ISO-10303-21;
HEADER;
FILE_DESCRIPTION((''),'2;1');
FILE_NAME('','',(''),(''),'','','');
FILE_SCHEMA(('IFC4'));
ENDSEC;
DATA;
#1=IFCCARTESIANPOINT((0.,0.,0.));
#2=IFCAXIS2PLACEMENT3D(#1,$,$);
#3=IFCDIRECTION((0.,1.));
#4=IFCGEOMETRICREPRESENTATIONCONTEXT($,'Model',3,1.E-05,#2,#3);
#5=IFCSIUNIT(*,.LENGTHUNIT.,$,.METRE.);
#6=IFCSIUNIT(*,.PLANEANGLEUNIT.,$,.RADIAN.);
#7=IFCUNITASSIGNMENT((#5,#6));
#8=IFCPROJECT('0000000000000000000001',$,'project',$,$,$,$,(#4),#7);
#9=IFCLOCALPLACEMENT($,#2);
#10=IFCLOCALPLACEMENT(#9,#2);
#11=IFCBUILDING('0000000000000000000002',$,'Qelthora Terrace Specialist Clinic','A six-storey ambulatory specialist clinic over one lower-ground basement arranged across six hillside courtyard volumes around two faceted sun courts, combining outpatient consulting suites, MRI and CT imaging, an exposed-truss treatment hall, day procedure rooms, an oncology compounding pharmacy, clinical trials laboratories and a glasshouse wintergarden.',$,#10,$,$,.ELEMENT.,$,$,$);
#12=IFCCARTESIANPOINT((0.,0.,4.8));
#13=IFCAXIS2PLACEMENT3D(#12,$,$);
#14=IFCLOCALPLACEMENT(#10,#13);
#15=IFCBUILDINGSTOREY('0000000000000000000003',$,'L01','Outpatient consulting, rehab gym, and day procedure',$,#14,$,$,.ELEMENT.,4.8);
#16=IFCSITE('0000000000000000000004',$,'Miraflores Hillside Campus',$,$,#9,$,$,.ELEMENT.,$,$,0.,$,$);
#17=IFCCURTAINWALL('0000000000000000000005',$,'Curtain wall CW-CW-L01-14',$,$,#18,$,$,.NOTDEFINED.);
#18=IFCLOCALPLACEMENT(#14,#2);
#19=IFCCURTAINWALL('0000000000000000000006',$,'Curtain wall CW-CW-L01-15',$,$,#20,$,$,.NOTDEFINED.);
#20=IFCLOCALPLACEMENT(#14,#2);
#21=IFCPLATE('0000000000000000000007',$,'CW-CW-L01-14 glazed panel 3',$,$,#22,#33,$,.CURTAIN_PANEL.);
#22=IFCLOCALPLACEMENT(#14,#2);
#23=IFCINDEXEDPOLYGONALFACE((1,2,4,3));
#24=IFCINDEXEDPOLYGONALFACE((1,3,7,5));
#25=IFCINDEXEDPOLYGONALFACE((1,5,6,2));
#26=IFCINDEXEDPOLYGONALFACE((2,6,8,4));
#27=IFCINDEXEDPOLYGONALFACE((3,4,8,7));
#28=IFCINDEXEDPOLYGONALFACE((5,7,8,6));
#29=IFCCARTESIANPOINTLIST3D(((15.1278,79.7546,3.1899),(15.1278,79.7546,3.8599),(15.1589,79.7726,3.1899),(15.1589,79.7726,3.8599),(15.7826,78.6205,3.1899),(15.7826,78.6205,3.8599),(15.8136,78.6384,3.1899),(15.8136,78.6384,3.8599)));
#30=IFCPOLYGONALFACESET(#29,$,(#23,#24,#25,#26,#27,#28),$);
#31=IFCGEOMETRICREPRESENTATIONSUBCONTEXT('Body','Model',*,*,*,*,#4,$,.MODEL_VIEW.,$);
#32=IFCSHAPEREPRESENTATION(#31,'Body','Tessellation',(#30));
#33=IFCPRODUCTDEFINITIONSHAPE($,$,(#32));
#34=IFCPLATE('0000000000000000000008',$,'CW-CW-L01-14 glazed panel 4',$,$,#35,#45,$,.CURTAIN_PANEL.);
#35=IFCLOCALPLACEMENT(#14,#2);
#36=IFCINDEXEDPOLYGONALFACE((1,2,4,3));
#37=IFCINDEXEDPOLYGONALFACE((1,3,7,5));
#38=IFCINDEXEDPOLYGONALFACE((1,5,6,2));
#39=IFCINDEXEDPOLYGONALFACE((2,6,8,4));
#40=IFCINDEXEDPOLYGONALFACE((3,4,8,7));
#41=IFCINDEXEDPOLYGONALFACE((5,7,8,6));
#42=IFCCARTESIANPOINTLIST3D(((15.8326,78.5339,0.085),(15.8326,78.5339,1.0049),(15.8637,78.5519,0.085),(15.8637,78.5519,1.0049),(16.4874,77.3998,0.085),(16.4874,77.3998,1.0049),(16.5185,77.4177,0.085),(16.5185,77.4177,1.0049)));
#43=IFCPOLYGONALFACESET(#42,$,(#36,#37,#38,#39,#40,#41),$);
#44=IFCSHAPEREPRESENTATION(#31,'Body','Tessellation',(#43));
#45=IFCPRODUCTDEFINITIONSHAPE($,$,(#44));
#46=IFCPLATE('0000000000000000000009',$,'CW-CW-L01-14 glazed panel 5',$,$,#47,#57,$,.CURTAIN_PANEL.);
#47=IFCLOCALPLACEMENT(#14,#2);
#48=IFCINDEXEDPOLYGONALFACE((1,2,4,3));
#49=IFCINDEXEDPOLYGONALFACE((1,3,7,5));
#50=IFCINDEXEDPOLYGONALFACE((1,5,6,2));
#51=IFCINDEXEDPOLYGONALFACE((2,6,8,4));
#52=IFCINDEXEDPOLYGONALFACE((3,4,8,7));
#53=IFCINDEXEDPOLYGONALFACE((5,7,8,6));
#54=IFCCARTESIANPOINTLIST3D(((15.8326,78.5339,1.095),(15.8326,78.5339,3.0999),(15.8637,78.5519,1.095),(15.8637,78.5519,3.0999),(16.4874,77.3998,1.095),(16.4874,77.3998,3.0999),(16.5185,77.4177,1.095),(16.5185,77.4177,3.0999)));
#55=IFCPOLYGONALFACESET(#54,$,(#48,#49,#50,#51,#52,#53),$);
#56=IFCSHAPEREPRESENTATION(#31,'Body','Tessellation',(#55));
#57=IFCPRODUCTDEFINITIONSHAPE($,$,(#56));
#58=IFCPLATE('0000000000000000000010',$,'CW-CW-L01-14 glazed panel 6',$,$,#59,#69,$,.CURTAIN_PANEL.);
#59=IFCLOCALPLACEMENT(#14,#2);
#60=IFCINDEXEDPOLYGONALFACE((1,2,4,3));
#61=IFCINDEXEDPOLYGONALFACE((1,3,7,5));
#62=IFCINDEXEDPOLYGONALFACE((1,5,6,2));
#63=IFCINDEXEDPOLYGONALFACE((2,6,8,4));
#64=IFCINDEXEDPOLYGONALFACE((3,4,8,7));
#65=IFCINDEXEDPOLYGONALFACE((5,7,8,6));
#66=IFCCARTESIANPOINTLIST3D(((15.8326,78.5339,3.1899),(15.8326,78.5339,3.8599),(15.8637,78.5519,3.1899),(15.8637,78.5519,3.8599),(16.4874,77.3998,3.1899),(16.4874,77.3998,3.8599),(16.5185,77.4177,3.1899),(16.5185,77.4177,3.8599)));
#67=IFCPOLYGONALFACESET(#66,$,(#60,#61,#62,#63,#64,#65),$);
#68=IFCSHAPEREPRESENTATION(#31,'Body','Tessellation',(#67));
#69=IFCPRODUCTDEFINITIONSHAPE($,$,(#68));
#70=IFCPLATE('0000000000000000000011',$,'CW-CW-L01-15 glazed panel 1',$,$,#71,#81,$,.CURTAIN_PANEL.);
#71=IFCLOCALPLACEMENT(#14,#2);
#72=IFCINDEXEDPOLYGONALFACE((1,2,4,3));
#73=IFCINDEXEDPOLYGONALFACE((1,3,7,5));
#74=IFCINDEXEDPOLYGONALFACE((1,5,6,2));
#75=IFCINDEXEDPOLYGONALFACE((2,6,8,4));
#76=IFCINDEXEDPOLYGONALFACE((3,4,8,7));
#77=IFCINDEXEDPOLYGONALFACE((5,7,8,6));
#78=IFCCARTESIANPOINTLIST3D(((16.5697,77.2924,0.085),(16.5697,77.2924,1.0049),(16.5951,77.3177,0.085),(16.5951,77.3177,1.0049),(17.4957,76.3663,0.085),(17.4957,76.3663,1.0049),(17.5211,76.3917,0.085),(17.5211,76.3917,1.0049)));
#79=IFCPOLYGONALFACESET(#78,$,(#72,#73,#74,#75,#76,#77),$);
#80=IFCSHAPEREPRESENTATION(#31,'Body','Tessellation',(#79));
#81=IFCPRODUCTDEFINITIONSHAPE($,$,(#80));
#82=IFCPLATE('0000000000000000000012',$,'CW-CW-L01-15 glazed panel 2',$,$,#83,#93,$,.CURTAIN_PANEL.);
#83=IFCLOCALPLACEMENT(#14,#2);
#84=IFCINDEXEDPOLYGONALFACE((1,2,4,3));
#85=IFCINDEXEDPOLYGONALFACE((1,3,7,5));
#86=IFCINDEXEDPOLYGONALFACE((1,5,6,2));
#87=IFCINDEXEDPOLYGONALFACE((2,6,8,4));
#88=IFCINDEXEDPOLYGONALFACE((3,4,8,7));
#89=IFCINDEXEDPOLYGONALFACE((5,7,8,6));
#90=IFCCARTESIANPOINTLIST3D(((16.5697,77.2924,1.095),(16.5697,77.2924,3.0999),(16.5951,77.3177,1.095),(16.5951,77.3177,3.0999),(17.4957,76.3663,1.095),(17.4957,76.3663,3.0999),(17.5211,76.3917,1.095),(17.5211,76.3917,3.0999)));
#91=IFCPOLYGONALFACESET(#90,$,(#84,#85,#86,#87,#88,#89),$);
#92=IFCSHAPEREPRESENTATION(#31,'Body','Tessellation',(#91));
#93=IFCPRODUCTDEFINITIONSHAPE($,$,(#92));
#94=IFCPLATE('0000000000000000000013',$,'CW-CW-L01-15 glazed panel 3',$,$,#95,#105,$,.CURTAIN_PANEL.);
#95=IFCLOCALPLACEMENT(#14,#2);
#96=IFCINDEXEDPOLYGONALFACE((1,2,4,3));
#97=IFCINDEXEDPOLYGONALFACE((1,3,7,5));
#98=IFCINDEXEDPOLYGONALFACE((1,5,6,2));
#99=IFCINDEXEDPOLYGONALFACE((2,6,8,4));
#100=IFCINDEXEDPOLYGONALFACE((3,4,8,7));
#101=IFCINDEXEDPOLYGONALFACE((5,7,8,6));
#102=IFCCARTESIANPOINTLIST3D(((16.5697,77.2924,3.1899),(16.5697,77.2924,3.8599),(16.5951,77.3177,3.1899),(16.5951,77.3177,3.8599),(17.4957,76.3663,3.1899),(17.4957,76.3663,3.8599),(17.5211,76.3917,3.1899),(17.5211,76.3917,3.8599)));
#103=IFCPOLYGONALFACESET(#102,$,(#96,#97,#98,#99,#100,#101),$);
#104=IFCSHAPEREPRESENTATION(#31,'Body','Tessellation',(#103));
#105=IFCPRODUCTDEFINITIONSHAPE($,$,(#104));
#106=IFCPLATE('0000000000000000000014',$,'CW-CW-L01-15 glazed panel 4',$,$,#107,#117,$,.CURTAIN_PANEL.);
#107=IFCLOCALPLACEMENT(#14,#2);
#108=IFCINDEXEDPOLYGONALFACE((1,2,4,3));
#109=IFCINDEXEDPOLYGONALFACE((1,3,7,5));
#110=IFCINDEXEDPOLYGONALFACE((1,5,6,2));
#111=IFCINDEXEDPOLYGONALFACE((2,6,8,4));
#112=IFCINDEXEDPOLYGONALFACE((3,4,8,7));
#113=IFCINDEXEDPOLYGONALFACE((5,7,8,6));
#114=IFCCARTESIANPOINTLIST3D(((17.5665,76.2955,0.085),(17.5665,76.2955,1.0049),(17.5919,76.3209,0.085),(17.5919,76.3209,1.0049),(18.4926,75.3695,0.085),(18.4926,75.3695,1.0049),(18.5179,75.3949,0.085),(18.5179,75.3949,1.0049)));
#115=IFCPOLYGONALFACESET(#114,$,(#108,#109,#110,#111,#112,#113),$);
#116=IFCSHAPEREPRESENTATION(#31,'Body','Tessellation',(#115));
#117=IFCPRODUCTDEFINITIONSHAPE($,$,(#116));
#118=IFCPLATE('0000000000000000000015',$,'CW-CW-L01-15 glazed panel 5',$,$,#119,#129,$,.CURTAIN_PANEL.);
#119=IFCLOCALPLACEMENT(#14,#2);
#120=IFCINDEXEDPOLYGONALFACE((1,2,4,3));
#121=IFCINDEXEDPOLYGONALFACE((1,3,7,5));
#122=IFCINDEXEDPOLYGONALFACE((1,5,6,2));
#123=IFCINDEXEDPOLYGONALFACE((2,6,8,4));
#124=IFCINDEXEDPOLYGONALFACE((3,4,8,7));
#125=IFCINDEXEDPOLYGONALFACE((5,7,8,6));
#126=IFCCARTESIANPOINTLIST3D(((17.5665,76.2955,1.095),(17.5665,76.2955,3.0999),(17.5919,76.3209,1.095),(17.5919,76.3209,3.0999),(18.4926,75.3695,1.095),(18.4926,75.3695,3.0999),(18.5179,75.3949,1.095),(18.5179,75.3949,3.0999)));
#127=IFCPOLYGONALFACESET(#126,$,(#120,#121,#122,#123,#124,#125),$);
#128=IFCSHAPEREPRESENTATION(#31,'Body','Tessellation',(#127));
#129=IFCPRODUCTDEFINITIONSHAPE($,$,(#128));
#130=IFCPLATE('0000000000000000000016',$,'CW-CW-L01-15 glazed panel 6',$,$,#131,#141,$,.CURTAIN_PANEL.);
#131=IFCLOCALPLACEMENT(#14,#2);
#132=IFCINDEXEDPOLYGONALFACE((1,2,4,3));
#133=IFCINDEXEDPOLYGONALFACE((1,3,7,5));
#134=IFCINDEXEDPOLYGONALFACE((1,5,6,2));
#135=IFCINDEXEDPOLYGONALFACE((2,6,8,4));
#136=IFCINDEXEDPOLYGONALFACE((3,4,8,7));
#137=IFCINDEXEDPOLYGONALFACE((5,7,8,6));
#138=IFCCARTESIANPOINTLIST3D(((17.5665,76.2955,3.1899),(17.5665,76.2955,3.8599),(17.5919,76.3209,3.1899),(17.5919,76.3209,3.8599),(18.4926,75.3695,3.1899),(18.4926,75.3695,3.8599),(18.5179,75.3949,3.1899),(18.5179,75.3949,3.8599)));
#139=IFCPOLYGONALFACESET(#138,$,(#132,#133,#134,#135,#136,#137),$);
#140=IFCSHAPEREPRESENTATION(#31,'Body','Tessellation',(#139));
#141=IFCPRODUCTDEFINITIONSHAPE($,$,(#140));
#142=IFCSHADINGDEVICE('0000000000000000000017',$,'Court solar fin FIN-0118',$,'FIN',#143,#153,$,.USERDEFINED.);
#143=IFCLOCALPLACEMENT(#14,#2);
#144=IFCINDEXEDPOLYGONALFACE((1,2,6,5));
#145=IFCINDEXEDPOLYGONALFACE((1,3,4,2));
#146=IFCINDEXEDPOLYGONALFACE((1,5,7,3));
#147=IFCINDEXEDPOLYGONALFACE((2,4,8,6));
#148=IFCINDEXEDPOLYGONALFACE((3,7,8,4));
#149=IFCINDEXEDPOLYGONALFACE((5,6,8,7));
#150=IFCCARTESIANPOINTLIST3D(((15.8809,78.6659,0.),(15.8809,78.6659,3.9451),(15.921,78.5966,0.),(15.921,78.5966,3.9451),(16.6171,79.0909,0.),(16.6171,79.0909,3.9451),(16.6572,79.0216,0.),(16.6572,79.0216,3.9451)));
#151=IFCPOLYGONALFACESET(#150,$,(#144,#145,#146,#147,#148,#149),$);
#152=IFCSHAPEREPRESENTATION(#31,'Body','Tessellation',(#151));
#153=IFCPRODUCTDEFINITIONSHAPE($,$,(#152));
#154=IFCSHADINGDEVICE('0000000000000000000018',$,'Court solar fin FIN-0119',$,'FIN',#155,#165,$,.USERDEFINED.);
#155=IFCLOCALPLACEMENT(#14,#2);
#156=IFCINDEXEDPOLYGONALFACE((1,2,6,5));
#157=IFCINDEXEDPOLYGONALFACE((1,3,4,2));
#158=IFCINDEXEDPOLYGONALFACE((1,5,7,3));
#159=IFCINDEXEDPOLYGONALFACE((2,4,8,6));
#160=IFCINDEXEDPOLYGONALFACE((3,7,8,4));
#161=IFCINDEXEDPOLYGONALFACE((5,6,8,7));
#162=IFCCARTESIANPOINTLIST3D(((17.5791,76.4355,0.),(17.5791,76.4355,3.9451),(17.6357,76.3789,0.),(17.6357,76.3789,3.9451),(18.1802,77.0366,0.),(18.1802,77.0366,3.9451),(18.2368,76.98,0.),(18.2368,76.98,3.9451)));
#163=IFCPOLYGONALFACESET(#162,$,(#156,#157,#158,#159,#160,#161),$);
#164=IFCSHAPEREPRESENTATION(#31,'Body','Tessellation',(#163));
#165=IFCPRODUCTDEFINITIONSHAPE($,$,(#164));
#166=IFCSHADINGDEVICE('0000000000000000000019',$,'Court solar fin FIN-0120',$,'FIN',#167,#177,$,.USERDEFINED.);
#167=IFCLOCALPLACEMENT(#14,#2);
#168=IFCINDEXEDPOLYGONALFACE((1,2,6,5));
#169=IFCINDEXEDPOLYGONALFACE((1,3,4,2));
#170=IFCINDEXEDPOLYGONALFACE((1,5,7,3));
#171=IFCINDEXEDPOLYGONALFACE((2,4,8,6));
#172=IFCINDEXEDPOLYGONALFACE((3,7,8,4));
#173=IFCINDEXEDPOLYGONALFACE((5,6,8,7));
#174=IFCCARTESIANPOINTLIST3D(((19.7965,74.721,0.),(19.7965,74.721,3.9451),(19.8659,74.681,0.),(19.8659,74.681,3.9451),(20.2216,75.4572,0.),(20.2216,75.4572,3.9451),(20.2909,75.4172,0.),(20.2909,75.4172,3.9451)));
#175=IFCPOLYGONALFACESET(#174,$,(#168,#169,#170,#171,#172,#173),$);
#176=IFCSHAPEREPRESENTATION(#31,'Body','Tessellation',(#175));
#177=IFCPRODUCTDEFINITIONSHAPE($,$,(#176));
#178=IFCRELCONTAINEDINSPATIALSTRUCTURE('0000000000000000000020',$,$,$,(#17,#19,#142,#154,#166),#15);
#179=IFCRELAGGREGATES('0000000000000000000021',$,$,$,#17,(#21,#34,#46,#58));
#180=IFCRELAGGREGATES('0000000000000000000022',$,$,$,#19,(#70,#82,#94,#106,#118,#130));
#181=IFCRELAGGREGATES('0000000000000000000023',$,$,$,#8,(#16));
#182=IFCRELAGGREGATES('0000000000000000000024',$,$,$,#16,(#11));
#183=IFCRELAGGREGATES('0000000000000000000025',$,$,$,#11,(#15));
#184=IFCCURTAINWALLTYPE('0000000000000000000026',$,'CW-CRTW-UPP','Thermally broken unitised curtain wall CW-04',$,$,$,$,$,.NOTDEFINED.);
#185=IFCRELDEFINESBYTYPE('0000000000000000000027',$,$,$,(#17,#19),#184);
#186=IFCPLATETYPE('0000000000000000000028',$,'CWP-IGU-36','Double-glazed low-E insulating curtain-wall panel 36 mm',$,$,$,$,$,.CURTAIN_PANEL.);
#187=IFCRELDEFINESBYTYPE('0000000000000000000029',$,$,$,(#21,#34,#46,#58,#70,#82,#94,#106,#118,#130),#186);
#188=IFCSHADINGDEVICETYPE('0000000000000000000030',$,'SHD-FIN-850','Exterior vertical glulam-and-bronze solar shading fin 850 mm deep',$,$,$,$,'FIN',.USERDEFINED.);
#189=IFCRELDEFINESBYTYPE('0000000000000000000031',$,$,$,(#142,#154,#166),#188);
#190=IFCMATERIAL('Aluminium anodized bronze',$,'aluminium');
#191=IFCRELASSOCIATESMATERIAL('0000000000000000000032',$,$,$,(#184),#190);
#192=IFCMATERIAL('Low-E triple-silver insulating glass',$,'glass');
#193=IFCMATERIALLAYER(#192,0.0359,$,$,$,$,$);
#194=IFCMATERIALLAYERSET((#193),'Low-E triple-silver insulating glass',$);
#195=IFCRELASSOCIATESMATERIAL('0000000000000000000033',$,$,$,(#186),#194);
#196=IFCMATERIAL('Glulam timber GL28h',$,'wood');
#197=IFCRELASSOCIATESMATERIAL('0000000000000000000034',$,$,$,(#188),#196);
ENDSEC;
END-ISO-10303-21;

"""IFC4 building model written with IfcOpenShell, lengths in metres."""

from ifc_helpers import new_model, si_unit, direction, frame, origin, origin_2d, place, context, subcontext, project, spatial, rectangle, extrude, material, layer, layer_set, type_object, element, aggregate, save


model = new_model("IFC4")

# Units and contexts
model_context = context("Model", 3, precision=1e-05, world=origin(), true_north=direction((0.0, 1.0)))
body_context = subcontext(model_context, "Body", "Model", "MODEL_VIEW")
ifc_project = project(units=[si_unit("LENGTHUNIT", "METRE"), si_unit("PLANEANGLEUNIT", "RADIAN")], contexts=[model_context])

# Site, building, storey
site_placement = place(None, origin())
site = spatial("IfcSite", under=ifc_project, at=site_placement, Name="Miraflores Hillside Campus", CompositionType="ELEMENT", RefElevation=0.0)
building_placement = place(site_placement, origin())
building = spatial("IfcBuilding", under=site, at=building_placement, Name="Qelthora Terrace Specialist Clinic", Description="A six-storey ambulatory specialist clinic over one lower-ground basement arranged across six hillside courtyard volumes around two faceted sun courts, combining outpatient consulting suites, MRI and CT imaging, an exposed-truss treatment hall, day procedure rooms, an oncology compounding pharmacy, clinical trials laboratories and a glasshouse wintergarden.", CompositionType="ELEMENT")
storey_placement = place(building_placement, frame((0.0, 0.0, 4.8)))
storey = spatial("IfcBuildingStorey", under=building, at=storey_placement, Name="L01", Description="Outpatient consulting, rehab gym, and day procedure", CompositionType="ELEMENT", Elevation=4.8)

# Curtain walls
ifc_material_1 = material(Name="Aluminium anodized bronze", Category="aluminium")
curtain_wall_type = type_object("IfcCurtainWallType", Name="CW-CRTW-UPP", Description="Thermally broken unitised curtain wall CW-04", PredefinedType="NOTDEFINED", material=ifc_material_1)
curtain_wall_1_placement = place(storey_placement, origin())
curtain_wall_1 = element("IfcCurtainWall", 1, at=curtain_wall_1_placement, inside=storey, type_object=curtain_wall_type, Name="Curtain wall CW-CW-L01-14", PredefinedType="NOTDEFINED")
curtain_wall_2_placement = place(storey_placement, origin())
curtain_wall_2 = element("IfcCurtainWall", 2, at=curtain_wall_2_placement, inside=storey, type_object=curtain_wall_type, Name="Curtain wall CW-CW-L01-15", PredefinedType="NOTDEFINED")

# Plates
ifc_material_2 = material(Name="Low-E triple-silver insulating glass", Category="glass")
ifc_layer = layer(ifc_material_2, 0.0359)
ifc_layer_set = layer_set([ifc_layer], Name="Low-E triple-silver insulating glass")
plate_type = type_object("IfcPlateType", Name="CWP-IGU-36", Description="Double-glazed low-E insulating curtain-wall panel 36 mm", PredefinedType="CURTAIN_PANEL", material=ifc_layer_set)
plate_1_placement = place(storey_placement, frame((15.4707, 79.1965, 3.1899), z_axis=(0.0, 0.0, 1.0), x_axis=(0.5, -0.866025, 0.0)))
plate_1 = element("IfcPlate", 3, at=plate_1_placement, type_object=plate_type, Name="CW-CW-L01-14 glazed panel 3", PredefinedType="CURTAIN_PANEL", context=body_context, shape_type="SweptSolid", body=[
    extrude(rectangle(XDim=1.3096, YDim=0.0359, at=origin_2d()), origin(), (0.0, 0.0, 1.0), 0.6699),
])
plate_2_placement = place(storey_placement, frame((16.1755, 77.9758, 0.085), z_axis=(0.0, 0.0, 1.0), x_axis=(0.5, -0.866025, 0.0)))
plate_2 = element("IfcPlate", 4, at=plate_2_placement, type_object=plate_type, Name="CW-CW-L01-14 glazed panel 4", PredefinedType="CURTAIN_PANEL", context=body_context, shape_type="SweptSolid", body=[
    extrude(rectangle(XDim=1.3096, YDim=0.0359, at=origin_2d()), origin(), (0.0, 0.0, 1.0), 0.9199),
])
plate_3_placement = place(storey_placement, frame((16.1755, 77.9758, 1.095), z_axis=(0.0, 0.0, 1.0), x_axis=(0.5, -0.866025, 0.0)))
plate_3 = element("IfcPlate", 5, at=plate_3_placement, type_object=plate_type, Name="CW-CW-L01-14 glazed panel 5", PredefinedType="CURTAIN_PANEL", context=body_context, shape_type="SweptSolid", body=[
    extrude(rectangle(XDim=1.3096, YDim=0.0359, at=origin_2d()), origin(), (0.0, 0.0, 1.0), 2.0049),
])
plate_4_placement = place(storey_placement, frame((16.1755, 77.9758, 3.1899), z_axis=(0.0, 0.0, 1.0), x_axis=(0.5, -0.866025, 0.0)))
plate_4 = element("IfcPlate", 6, at=plate_4_placement, type_object=plate_type, Name="CW-CW-L01-14 glazed panel 6", PredefinedType="CURTAIN_PANEL", context=body_context, shape_type="SweptSolid", body=[
    extrude(rectangle(XDim=1.3096, YDim=0.0359, at=origin_2d()), origin(), (0.0, 0.0, 1.0), 0.6699),
])
aggregate(curtain_wall_1, [plate_1, plate_2, plate_3, plate_4])
plate_5_placement = place(storey_placement, frame((17.0454, 76.842, 0.085), z_axis=(0.0, 0.0, 1.0), x_axis=(0.707107, -0.707107, 0.0)))
plate_5 = element("IfcPlate", 7, at=plate_5_placement, type_object=plate_type, Name="CW-CW-L01-15 glazed panel 1", PredefinedType="CURTAIN_PANEL", context=body_context, shape_type="SweptSolid", body=[
    extrude(rectangle(XDim=1.3096, YDim=0.0359, at=origin_2d()), origin(), (0.0, 0.0, 1.0), 0.9199),
])
plate_6_placement = place(storey_placement, frame((17.0454, 76.842, 1.095), z_axis=(0.0, 0.0, 1.0), x_axis=(0.707107, -0.707107, 0.0)))
plate_6 = element("IfcPlate", 8, at=plate_6_placement, type_object=plate_type, Name="CW-CW-L01-15 glazed panel 2", PredefinedType="CURTAIN_PANEL", context=body_context, shape_type="SweptSolid", body=[
    extrude(rectangle(XDim=1.3096, YDim=0.0359, at=origin_2d()), origin(), (0.0, 0.0, 1.0), 2.0049),
])
plate_7_placement = place(storey_placement, frame((17.0454, 76.842, 3.1899), z_axis=(0.0, 0.0, 1.0), x_axis=(0.707107, -0.707107, 0.0)))
plate_7 = element("IfcPlate", 9, at=plate_7_placement, type_object=plate_type, Name="CW-CW-L01-15 glazed panel 3", PredefinedType="CURTAIN_PANEL", context=body_context, shape_type="SweptSolid", body=[
    extrude(rectangle(XDim=1.3096, YDim=0.0359, at=origin_2d()), origin(), (0.0, 0.0, 1.0), 0.6699),
])
plate_8_placement = place(storey_placement, frame((18.0422, 75.8452, 0.085), z_axis=(0.0, 0.0, 1.0), x_axis=(0.707107, -0.707107, 0.0)))
plate_8 = element("IfcPlate", 10, at=plate_8_placement, type_object=plate_type, Name="CW-CW-L01-15 glazed panel 4", PredefinedType="CURTAIN_PANEL", context=body_context, shape_type="SweptSolid", body=[
    extrude(rectangle(XDim=1.3096, YDim=0.0359, at=origin_2d()), origin(), (0.0, 0.0, 1.0), 0.9199),
])
plate_9_placement = place(storey_placement, frame((18.0422, 75.8452, 1.095), z_axis=(0.0, 0.0, 1.0), x_axis=(0.707107, -0.707107, 0.0)))
plate_9 = element("IfcPlate", 11, at=plate_9_placement, type_object=plate_type, Name="CW-CW-L01-15 glazed panel 5", PredefinedType="CURTAIN_PANEL", context=body_context, shape_type="SweptSolid", body=[
    extrude(rectangle(XDim=1.3096, YDim=0.0359, at=origin_2d()), origin(), (0.0, 0.0, 1.0), 2.0049),
])
plate_10_placement = place(storey_placement, frame((18.0422, 75.8452, 3.1899), z_axis=(0.0, 0.0, 1.0), x_axis=(0.707107, -0.707107, 0.0)))
plate_10 = element("IfcPlate", 12, at=plate_10_placement, type_object=plate_type, Name="CW-CW-L01-15 glazed panel 6", PredefinedType="CURTAIN_PANEL", context=body_context, shape_type="SweptSolid", body=[
    extrude(rectangle(XDim=1.3096, YDim=0.0359, at=origin_2d()), origin(), (0.0, 0.0, 1.0), 0.6699),
])
aggregate(curtain_wall_2, [plate_5, plate_6, plate_7, plate_8, plate_9, plate_10])

# Shading devices
ifc_material_3 = material(Name="Glulam timber GL28h", Category="wood")
shading_device_type = type_object("IfcShadingDeviceType", Name="SHD-FIN-850", Description="Exterior vertical glulam-and-bronze solar shading fin 850 mm deep", ElementType="FIN", PredefinedType="USERDEFINED", material=ifc_material_3)
for number, where, z_axis, x_axis, name in (
    (13, (16.269, 78.8438, 0.0), (0.0, 0.0, 1.0), (0.866025, 0.5, 0.0), "Court solar fin FIN-0118"),
    (14, (17.908, 76.7078, 0.0), (0.0, 0.0, 1.0), (0.707107, 0.707107, 0.0), "Court solar fin FIN-0119"),
    (15, (20.0437, 75.0691, 0.0), (0.0, 0.0, 1.0), (0.5, 0.866025, 0.0), "Court solar fin FIN-0120"),
):
    element("IfcShadingDevice", number, at=place(storey_placement, frame(where, z_axis=z_axis, x_axis=x_axis)), inside=storey, type_object=shading_device_type, Name=name, ObjectType="FIN", PredefinedType="USERDEFINED", context=body_context, shape_type="SweptSolid", body=[
        extrude(rectangle(XDim=0.8501, YDim=0.0801, at=origin_2d()), origin(), (0.0, 0.0, 1.0), 3.9451),
    ])

save(model, "model.ifc")
